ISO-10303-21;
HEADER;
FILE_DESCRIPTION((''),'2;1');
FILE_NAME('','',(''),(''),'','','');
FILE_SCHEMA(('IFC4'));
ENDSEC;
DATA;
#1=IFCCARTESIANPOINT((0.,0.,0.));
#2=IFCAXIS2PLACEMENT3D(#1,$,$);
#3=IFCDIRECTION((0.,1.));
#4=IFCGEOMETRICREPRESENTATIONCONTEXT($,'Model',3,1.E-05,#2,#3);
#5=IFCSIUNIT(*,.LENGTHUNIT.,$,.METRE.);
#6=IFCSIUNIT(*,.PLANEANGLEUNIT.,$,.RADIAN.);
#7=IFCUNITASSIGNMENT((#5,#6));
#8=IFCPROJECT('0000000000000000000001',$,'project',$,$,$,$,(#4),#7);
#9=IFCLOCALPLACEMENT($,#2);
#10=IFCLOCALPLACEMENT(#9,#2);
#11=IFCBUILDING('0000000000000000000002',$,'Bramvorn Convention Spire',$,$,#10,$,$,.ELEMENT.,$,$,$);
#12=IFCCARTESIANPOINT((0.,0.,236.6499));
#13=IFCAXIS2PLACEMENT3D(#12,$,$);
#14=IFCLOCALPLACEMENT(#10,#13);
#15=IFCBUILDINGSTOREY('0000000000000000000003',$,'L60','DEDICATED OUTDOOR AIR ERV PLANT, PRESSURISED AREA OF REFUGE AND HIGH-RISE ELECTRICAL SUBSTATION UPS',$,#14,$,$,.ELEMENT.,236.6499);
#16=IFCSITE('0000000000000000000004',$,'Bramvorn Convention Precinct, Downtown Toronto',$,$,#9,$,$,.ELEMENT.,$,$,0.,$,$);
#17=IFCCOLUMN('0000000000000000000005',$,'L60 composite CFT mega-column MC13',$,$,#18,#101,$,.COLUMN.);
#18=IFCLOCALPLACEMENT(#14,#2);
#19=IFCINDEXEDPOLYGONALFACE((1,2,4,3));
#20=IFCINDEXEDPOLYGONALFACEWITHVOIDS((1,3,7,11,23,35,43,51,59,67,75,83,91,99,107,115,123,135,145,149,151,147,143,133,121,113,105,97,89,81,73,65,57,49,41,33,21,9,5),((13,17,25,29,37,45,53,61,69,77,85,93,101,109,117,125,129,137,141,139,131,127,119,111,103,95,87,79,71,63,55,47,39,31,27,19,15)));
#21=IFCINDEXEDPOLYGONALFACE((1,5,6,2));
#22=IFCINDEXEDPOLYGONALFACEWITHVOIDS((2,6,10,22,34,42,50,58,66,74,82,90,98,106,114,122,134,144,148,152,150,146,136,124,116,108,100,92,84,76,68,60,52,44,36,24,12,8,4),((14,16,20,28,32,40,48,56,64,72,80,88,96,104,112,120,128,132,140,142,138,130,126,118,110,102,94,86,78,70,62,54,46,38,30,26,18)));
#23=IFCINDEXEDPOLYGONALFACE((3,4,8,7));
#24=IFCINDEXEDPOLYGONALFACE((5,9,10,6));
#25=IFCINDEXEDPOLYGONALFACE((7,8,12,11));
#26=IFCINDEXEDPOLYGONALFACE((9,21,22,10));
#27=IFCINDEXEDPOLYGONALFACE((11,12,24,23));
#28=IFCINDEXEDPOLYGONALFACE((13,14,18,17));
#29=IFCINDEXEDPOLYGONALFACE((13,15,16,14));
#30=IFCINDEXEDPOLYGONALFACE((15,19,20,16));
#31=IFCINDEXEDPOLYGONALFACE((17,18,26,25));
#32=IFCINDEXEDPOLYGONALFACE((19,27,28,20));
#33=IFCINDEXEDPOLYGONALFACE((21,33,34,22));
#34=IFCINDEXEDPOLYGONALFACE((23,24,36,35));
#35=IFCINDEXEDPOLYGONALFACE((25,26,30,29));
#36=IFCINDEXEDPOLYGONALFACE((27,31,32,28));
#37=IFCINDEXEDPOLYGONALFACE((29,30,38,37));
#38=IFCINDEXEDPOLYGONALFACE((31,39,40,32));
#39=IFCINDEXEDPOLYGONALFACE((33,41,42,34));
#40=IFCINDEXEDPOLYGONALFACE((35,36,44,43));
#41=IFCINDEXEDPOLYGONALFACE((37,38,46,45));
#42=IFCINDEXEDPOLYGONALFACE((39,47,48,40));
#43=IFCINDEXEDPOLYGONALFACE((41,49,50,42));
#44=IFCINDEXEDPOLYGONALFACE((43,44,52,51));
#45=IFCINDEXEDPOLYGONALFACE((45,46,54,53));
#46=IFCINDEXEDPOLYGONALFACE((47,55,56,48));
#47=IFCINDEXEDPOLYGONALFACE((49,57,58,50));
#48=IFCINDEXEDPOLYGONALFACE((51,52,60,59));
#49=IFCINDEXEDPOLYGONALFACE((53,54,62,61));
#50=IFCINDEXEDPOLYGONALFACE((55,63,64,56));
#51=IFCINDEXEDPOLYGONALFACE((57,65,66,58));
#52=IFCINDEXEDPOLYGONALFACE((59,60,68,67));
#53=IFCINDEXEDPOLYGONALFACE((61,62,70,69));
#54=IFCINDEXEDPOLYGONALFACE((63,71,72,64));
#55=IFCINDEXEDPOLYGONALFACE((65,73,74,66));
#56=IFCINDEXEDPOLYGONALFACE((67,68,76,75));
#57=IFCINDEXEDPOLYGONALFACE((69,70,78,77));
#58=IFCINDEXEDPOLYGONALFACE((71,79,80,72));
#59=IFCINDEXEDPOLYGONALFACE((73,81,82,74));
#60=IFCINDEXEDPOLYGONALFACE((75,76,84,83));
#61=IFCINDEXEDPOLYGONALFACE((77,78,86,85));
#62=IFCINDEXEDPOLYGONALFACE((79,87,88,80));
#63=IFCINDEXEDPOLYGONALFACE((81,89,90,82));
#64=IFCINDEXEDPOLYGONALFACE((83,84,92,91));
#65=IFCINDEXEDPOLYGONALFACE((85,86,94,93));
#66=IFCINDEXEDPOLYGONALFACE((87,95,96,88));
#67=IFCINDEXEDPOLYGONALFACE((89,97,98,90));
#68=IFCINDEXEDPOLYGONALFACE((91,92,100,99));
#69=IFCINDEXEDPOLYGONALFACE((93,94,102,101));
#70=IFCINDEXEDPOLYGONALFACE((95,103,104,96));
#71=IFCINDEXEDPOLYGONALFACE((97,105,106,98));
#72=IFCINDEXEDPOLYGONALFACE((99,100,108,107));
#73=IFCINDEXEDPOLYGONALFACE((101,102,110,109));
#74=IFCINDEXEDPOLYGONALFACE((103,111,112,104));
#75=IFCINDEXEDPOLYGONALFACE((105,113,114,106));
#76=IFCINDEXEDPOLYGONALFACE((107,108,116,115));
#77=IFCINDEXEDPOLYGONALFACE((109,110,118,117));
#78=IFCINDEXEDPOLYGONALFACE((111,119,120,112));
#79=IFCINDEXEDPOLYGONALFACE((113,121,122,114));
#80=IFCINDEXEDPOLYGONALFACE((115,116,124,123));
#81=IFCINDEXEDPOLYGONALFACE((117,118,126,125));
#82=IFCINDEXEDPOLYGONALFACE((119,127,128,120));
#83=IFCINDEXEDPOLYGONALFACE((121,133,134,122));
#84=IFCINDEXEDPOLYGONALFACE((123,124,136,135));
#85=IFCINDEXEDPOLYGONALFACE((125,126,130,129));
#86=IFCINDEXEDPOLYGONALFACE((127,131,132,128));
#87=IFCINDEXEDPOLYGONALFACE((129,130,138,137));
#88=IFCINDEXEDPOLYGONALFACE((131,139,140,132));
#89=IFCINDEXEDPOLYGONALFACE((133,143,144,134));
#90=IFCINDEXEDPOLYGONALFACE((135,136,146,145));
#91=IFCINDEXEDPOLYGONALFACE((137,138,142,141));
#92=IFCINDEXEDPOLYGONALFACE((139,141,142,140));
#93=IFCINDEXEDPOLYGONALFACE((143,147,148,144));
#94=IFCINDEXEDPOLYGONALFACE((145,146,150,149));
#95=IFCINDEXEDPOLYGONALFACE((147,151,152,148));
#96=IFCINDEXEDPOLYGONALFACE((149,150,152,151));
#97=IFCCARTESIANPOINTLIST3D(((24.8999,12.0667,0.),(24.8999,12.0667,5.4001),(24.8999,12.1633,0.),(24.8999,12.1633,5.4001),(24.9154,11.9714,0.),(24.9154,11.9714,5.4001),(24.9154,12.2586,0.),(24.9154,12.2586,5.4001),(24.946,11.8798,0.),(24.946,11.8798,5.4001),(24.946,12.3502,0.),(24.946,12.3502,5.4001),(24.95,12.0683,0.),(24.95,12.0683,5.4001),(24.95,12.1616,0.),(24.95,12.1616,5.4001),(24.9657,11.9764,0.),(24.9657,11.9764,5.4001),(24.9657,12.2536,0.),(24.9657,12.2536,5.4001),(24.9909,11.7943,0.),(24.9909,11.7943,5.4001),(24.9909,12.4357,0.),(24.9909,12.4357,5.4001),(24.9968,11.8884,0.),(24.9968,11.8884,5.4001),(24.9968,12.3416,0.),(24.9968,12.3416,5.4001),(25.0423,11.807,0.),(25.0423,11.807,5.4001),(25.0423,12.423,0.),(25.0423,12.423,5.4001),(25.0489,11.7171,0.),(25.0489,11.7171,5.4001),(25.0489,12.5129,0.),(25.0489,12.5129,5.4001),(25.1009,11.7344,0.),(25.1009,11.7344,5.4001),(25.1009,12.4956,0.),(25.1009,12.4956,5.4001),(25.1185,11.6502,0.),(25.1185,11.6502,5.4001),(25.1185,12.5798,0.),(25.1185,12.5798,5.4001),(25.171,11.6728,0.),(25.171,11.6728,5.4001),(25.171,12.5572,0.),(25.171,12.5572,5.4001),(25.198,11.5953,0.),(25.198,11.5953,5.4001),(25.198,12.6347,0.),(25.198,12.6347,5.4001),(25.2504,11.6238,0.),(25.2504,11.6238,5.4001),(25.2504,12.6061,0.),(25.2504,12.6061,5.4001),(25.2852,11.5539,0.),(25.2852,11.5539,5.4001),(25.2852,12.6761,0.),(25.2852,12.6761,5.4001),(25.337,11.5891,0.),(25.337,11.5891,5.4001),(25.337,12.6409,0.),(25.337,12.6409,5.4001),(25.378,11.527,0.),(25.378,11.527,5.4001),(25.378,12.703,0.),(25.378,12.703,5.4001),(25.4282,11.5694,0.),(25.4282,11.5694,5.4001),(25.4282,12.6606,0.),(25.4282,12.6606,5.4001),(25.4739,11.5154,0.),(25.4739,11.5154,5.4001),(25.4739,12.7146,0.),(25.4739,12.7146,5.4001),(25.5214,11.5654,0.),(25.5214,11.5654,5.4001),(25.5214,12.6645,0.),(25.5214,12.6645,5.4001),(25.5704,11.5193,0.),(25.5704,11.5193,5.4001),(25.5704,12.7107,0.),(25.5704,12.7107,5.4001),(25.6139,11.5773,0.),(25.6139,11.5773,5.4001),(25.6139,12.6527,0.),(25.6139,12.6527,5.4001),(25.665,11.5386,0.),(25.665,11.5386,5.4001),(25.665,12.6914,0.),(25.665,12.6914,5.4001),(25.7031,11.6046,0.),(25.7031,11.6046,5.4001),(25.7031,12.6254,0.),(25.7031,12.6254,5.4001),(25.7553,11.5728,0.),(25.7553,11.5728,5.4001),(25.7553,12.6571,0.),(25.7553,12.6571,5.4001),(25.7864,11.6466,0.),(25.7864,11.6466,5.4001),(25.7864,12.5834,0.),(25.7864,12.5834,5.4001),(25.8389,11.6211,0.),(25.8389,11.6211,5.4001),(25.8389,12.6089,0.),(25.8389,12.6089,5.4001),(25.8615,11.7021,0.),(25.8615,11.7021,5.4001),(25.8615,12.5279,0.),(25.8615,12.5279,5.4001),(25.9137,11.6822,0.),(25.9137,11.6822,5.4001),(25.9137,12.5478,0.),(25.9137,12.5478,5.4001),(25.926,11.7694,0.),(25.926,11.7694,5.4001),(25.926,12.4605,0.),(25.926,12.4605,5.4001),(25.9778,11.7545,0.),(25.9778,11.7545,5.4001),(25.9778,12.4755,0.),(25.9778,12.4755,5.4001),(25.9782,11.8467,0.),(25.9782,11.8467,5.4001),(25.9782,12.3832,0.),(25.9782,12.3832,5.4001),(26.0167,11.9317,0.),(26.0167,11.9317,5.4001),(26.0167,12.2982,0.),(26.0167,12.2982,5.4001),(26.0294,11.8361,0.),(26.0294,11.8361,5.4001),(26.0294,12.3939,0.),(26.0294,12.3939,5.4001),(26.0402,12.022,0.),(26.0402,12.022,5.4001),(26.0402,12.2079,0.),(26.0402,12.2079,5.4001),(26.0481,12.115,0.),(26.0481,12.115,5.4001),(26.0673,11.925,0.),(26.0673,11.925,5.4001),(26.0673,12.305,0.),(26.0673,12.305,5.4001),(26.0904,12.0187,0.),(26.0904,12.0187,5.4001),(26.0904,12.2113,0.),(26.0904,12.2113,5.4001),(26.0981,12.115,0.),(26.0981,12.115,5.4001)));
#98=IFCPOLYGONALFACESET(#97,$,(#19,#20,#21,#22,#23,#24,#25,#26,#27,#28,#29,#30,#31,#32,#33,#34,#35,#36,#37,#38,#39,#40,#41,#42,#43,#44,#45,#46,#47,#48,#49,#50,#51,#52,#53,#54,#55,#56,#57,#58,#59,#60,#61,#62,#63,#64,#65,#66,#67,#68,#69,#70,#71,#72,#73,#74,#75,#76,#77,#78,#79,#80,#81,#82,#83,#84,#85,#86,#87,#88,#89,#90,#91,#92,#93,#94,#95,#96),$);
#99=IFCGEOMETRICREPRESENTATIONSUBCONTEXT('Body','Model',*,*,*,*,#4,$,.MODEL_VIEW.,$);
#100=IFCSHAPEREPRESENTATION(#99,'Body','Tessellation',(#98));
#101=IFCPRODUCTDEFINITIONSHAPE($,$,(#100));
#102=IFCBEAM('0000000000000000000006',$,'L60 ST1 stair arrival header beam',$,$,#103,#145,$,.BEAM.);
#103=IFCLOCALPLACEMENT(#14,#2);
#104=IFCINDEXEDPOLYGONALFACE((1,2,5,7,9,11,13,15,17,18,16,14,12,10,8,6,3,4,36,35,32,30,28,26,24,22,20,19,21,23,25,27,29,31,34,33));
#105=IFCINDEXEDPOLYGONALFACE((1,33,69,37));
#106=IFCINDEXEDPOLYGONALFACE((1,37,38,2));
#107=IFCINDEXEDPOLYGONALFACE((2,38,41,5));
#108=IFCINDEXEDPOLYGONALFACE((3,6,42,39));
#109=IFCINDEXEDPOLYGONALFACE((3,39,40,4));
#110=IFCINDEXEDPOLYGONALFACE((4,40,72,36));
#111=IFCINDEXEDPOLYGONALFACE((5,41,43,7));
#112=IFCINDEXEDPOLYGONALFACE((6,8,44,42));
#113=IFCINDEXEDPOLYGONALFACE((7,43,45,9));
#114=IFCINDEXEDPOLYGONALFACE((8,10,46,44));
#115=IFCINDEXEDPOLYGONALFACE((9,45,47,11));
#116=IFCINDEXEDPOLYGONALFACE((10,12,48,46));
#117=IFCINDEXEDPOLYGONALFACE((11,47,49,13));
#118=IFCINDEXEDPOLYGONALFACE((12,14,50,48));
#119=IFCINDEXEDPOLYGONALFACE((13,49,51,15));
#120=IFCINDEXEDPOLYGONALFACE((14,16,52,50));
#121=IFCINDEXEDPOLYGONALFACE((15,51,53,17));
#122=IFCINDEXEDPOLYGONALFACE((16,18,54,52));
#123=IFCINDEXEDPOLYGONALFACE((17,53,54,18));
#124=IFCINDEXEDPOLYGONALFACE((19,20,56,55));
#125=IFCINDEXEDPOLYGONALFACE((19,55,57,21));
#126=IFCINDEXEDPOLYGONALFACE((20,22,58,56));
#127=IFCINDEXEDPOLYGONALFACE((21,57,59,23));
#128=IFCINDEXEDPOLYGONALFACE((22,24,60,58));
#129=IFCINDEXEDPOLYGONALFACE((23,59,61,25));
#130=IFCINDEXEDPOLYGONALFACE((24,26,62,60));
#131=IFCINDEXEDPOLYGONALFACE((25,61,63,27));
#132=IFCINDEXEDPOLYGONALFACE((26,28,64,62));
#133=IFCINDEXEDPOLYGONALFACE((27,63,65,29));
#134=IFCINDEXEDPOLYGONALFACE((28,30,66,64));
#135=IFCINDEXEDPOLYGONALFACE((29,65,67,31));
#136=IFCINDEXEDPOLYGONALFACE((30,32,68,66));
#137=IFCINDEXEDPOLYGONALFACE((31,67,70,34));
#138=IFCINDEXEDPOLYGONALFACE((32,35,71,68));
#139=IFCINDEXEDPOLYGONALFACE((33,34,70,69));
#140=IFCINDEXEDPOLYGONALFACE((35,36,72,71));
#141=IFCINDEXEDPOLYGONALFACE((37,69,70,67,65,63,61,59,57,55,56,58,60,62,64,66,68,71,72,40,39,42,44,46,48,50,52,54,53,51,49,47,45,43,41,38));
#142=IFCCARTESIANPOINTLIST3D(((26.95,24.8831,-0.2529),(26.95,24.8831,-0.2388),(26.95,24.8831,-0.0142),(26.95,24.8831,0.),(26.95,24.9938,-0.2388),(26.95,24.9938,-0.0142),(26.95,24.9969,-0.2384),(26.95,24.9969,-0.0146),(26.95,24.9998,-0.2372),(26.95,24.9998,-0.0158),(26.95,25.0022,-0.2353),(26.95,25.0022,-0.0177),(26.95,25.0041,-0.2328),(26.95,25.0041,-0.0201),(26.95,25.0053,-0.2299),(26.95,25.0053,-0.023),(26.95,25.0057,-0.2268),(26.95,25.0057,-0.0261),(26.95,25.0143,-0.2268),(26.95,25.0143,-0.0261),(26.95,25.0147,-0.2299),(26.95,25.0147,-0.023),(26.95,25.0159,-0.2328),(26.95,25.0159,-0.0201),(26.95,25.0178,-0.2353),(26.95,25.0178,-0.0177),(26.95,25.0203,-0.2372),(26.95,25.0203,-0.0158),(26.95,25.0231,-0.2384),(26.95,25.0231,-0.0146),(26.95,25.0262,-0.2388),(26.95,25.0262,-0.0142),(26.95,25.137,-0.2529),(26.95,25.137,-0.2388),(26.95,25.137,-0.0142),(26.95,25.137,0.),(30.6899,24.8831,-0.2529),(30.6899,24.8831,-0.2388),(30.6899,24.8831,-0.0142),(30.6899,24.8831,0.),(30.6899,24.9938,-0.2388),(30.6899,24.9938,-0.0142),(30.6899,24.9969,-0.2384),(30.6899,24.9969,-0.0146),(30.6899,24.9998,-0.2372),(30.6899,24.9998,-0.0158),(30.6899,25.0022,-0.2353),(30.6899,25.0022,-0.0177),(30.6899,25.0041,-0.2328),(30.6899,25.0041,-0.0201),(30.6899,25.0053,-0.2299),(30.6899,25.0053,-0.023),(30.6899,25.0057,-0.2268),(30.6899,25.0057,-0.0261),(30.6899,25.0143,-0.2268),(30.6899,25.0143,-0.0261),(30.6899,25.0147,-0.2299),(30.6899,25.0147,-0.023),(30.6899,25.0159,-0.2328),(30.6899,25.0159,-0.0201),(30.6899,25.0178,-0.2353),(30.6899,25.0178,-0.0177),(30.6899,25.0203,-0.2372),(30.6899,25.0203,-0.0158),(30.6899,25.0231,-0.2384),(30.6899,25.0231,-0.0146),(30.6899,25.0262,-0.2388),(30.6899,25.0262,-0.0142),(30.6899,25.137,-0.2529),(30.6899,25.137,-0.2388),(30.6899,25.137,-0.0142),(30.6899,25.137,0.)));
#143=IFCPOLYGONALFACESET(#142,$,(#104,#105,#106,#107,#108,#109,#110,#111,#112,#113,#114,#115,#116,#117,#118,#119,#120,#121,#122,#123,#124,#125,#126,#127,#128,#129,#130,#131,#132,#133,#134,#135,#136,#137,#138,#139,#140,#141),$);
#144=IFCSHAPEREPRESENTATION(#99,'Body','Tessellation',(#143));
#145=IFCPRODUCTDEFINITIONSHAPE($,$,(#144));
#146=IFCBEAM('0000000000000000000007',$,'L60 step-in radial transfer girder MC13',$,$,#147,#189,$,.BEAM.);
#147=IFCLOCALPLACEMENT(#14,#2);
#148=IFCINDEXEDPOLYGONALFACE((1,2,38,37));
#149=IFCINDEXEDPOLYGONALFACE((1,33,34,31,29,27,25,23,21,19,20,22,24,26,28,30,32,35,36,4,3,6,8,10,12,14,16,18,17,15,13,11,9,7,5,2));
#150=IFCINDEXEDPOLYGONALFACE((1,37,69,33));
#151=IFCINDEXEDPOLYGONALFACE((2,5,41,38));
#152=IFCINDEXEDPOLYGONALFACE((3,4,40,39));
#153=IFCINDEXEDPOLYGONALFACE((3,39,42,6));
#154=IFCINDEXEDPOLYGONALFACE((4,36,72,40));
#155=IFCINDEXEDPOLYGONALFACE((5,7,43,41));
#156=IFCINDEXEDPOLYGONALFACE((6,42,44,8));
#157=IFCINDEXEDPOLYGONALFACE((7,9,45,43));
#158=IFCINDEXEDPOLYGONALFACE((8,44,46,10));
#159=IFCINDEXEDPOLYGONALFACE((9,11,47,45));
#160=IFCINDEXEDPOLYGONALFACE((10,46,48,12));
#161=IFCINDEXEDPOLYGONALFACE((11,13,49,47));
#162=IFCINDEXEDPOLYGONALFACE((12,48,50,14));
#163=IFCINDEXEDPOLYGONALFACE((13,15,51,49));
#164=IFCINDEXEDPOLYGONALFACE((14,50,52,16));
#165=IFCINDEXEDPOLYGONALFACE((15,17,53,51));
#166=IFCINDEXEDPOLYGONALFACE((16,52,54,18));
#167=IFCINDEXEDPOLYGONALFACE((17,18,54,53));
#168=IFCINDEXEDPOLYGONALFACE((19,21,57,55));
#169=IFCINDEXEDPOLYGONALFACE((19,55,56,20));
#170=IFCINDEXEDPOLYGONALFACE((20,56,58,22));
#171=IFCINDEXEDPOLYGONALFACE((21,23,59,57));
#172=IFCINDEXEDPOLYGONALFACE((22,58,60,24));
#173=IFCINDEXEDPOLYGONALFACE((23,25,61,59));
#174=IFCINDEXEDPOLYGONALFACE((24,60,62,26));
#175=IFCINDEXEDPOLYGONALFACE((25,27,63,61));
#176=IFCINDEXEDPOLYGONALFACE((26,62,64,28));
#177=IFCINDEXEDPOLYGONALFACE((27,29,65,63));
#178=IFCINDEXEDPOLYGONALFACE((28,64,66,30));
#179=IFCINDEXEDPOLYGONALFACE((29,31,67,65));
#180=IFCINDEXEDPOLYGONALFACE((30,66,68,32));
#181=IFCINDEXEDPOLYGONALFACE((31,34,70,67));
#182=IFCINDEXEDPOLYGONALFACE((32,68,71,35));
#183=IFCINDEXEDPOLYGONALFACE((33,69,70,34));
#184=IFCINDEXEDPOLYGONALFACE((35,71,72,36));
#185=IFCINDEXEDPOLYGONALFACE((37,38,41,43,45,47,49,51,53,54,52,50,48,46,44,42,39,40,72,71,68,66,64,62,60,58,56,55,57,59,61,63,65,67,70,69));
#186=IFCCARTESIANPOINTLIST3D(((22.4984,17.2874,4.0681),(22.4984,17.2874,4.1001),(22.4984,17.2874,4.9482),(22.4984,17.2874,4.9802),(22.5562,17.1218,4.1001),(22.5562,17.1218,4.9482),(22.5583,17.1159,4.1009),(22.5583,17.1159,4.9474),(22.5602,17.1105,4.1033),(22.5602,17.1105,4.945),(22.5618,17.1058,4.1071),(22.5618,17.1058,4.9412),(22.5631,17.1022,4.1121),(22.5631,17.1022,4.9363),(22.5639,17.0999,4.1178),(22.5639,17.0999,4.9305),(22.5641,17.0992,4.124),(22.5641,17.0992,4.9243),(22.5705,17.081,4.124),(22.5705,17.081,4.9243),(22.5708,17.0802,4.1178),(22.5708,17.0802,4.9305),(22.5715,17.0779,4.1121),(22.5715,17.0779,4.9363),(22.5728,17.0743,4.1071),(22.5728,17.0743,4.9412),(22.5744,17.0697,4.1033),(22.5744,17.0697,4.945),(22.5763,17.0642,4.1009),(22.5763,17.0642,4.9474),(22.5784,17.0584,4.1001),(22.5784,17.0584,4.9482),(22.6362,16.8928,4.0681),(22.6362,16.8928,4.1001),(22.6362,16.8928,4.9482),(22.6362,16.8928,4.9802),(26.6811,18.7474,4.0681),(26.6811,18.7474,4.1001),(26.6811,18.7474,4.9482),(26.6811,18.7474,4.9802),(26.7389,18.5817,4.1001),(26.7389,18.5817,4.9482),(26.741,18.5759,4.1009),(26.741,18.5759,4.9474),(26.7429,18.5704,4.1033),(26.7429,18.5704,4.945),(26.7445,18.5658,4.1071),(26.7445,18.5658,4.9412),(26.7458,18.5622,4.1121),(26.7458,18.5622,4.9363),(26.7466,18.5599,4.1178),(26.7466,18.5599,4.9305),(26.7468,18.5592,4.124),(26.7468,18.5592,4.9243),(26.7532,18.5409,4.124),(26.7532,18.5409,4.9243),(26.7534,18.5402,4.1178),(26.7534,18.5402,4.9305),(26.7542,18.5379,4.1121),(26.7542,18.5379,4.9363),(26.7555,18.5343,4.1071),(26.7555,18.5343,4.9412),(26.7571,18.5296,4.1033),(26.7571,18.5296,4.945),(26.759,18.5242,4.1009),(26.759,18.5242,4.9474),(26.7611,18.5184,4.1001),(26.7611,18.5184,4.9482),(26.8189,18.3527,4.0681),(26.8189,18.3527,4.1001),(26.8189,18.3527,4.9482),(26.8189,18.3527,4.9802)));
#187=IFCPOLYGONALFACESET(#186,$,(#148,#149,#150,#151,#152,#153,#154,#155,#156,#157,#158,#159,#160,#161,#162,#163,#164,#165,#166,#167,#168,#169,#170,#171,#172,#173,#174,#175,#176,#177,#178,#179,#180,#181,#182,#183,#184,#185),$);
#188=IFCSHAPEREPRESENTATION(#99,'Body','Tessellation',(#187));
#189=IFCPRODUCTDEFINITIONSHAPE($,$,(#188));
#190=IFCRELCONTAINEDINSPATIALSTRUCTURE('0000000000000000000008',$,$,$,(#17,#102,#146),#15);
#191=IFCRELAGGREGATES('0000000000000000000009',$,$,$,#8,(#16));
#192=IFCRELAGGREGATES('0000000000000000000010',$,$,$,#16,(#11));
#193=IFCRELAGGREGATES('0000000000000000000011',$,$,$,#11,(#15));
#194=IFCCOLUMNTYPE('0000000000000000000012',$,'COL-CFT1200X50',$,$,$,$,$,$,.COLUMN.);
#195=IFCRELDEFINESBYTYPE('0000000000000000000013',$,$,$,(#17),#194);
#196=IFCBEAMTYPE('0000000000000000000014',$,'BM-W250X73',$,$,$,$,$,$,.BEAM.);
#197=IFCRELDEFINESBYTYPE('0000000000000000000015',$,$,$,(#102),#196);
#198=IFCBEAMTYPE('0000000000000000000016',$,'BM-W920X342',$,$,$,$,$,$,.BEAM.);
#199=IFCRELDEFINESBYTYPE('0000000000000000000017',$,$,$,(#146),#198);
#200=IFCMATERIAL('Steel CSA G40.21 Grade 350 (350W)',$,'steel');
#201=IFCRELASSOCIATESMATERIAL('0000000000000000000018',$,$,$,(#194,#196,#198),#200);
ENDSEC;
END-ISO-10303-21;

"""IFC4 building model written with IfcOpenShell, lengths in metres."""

from ifc_helpers import new_model, si_unit, direction, frame, origin, origin_2d, place, context, subcontext, project, spatial, hollow_circle, i_section, extrude, material, material_profile, profile_set, type_object, element, save


model = new_model("IFC4")

# Units and contexts
model_context = context("Model", 3, precision=1e-05, world=origin(), true_north=direction((0.0, 1.0)))
body_context = subcontext(model_context, "Body", "Model", "MODEL_VIEW")
ifc_project = project(units=[si_unit("LENGTHUNIT", "METRE"), si_unit("PLANEANGLEUNIT", "RADIAN")], contexts=[model_context])

# Site, building, storey
site_placement = place(None, origin())
site = spatial("IfcSite", under=ifc_project, at=site_placement, Name="Bramvorn Convention Precinct, Downtown Toronto", CompositionType="ELEMENT", RefElevation=0.0)
building_placement = place(site_placement, origin())
building = spatial("IfcBuilding", under=site, at=building_placement, Name="Bramvorn Convention Spire", CompositionType="ELEMENT")
storey_placement = place(building_placement, frame((0.0, 0.0, 236.6499)))
storey = spatial("IfcBuildingStorey", under=building, at=storey_placement, Name="L60", Description="DEDICATED OUTDOOR AIR ERV PLANT, PRESSURISED AREA OF REFUGE AND HIGH-RISE ELECTRICAL SUBSTATION UPS", CompositionType="ELEMENT", Elevation=236.6499)

# Column
ifc_material_1 = material(Name="Steel CSA G40.21 Grade 350 (350W)", Category="steel")
ifc_material_profile_1 = material_profile(ifc_material_1, hollow_circle(Radius=0.6001, WallThickness=0.05, at=origin_2d()))
ifc_profile_set_1 = profile_set([ifc_material_profile_1], Name="Steel CSA G40.21 Grade 350 (350W) - CFT1200X50")
column_type = type_object("IfcColumnType", Name="COL-CFT1200X50", PredefinedType="COLUMN", material=ifc_profile_set_1)
column_placement = place(storey_placement, frame((25.498, 12.115, 0.0), z_axis=(0.0, 0.0, 1.0), x_axis=(1.0, 0.0, 0.0)))
element("IfcColumn", 1, at=column_placement, inside=storey, type_object=column_type, Name="L60 composite CFT mega-column MC13", PredefinedType="COLUMN", context=body_context, shape_type="SweptSolid", body=[
    extrude(hollow_circle(Radius=0.6001, WallThickness=0.05, at=origin_2d()), origin(), (0.0, 0.0, 1.0), 5.4001),
])

# Beams
ifc_material_profile_2 = material_profile(ifc_material_1, i_section(OverallWidth=0.2539, OverallDepth=0.2529, WebThickness=0.0085, FlangeThickness=0.0142, FilletRadius=0.012, at=origin_2d()))
ifc_profile_set_2 = profile_set([ifc_material_profile_2], Name="Steel CSA G40.21 Grade 350 (350W) - W250X73")
beam_type_1 = type_object("IfcBeamType", Name="BM-W250X73", PredefinedType="BEAM", material=ifc_profile_set_2)
beam_1_placement = place(storey_placement, frame((26.95, 25.01, -0.1265), z_axis=(1.0, 0.0, 0.0), x_axis=(0.0, 1.0, 0.0)))
element("IfcBeam", 2, at=beam_1_placement, inside=storey, type_object=beam_type_1, Name="L60 ST1 stair arrival header beam", PredefinedType="BEAM", context=body_context, shape_type="SweptSolid", body=[
    extrude(i_section(OverallWidth=0.2539, OverallDepth=0.2529, WebThickness=0.0085, FlangeThickness=0.0142, FilletRadius=0.012, at=origin_2d()), origin(), (0.0, 0.0, 1.0), 3.74),
])
ifc_material_profile_3 = material_profile(ifc_material_1, i_section(OverallWidth=0.418, OverallDepth=0.9121, WebThickness=0.0193, FlangeThickness=0.032, FilletRadius=0.0239, at=origin_2d()))
ifc_profile_set_3 = profile_set([ifc_material_profile_3], Name="Steel CSA G40.21 Grade 350 (350W) - W920X342")
beam_type_2 = type_object("IfcBeamType", Name="BM-W920X342", PredefinedType="BEAM", material=ifc_profile_set_3)
beam_2_placement = place(storey_placement, frame((26.75, 18.55, 4.5242), z_axis=(-0.944136, -0.329555, 0.0), x_axis=(0.329555, -0.944136, 0.0)))
element("IfcBeam", 3, at=beam_2_placement, inside=storey, type_object=beam_type_2, Name="L60 step-in radial transfer girder MC13", PredefinedType="BEAM", context=body_context, shape_type="SweptSolid", body=[
    extrude(i_section(OverallWidth=0.418, OverallDepth=0.9121, WebThickness=0.0193, FlangeThickness=0.032, FilletRadius=0.0239, at=origin_2d()), origin(), (0.0, 0.0, 1.0), 4.4302),
])

save(model, "model.ifc")
